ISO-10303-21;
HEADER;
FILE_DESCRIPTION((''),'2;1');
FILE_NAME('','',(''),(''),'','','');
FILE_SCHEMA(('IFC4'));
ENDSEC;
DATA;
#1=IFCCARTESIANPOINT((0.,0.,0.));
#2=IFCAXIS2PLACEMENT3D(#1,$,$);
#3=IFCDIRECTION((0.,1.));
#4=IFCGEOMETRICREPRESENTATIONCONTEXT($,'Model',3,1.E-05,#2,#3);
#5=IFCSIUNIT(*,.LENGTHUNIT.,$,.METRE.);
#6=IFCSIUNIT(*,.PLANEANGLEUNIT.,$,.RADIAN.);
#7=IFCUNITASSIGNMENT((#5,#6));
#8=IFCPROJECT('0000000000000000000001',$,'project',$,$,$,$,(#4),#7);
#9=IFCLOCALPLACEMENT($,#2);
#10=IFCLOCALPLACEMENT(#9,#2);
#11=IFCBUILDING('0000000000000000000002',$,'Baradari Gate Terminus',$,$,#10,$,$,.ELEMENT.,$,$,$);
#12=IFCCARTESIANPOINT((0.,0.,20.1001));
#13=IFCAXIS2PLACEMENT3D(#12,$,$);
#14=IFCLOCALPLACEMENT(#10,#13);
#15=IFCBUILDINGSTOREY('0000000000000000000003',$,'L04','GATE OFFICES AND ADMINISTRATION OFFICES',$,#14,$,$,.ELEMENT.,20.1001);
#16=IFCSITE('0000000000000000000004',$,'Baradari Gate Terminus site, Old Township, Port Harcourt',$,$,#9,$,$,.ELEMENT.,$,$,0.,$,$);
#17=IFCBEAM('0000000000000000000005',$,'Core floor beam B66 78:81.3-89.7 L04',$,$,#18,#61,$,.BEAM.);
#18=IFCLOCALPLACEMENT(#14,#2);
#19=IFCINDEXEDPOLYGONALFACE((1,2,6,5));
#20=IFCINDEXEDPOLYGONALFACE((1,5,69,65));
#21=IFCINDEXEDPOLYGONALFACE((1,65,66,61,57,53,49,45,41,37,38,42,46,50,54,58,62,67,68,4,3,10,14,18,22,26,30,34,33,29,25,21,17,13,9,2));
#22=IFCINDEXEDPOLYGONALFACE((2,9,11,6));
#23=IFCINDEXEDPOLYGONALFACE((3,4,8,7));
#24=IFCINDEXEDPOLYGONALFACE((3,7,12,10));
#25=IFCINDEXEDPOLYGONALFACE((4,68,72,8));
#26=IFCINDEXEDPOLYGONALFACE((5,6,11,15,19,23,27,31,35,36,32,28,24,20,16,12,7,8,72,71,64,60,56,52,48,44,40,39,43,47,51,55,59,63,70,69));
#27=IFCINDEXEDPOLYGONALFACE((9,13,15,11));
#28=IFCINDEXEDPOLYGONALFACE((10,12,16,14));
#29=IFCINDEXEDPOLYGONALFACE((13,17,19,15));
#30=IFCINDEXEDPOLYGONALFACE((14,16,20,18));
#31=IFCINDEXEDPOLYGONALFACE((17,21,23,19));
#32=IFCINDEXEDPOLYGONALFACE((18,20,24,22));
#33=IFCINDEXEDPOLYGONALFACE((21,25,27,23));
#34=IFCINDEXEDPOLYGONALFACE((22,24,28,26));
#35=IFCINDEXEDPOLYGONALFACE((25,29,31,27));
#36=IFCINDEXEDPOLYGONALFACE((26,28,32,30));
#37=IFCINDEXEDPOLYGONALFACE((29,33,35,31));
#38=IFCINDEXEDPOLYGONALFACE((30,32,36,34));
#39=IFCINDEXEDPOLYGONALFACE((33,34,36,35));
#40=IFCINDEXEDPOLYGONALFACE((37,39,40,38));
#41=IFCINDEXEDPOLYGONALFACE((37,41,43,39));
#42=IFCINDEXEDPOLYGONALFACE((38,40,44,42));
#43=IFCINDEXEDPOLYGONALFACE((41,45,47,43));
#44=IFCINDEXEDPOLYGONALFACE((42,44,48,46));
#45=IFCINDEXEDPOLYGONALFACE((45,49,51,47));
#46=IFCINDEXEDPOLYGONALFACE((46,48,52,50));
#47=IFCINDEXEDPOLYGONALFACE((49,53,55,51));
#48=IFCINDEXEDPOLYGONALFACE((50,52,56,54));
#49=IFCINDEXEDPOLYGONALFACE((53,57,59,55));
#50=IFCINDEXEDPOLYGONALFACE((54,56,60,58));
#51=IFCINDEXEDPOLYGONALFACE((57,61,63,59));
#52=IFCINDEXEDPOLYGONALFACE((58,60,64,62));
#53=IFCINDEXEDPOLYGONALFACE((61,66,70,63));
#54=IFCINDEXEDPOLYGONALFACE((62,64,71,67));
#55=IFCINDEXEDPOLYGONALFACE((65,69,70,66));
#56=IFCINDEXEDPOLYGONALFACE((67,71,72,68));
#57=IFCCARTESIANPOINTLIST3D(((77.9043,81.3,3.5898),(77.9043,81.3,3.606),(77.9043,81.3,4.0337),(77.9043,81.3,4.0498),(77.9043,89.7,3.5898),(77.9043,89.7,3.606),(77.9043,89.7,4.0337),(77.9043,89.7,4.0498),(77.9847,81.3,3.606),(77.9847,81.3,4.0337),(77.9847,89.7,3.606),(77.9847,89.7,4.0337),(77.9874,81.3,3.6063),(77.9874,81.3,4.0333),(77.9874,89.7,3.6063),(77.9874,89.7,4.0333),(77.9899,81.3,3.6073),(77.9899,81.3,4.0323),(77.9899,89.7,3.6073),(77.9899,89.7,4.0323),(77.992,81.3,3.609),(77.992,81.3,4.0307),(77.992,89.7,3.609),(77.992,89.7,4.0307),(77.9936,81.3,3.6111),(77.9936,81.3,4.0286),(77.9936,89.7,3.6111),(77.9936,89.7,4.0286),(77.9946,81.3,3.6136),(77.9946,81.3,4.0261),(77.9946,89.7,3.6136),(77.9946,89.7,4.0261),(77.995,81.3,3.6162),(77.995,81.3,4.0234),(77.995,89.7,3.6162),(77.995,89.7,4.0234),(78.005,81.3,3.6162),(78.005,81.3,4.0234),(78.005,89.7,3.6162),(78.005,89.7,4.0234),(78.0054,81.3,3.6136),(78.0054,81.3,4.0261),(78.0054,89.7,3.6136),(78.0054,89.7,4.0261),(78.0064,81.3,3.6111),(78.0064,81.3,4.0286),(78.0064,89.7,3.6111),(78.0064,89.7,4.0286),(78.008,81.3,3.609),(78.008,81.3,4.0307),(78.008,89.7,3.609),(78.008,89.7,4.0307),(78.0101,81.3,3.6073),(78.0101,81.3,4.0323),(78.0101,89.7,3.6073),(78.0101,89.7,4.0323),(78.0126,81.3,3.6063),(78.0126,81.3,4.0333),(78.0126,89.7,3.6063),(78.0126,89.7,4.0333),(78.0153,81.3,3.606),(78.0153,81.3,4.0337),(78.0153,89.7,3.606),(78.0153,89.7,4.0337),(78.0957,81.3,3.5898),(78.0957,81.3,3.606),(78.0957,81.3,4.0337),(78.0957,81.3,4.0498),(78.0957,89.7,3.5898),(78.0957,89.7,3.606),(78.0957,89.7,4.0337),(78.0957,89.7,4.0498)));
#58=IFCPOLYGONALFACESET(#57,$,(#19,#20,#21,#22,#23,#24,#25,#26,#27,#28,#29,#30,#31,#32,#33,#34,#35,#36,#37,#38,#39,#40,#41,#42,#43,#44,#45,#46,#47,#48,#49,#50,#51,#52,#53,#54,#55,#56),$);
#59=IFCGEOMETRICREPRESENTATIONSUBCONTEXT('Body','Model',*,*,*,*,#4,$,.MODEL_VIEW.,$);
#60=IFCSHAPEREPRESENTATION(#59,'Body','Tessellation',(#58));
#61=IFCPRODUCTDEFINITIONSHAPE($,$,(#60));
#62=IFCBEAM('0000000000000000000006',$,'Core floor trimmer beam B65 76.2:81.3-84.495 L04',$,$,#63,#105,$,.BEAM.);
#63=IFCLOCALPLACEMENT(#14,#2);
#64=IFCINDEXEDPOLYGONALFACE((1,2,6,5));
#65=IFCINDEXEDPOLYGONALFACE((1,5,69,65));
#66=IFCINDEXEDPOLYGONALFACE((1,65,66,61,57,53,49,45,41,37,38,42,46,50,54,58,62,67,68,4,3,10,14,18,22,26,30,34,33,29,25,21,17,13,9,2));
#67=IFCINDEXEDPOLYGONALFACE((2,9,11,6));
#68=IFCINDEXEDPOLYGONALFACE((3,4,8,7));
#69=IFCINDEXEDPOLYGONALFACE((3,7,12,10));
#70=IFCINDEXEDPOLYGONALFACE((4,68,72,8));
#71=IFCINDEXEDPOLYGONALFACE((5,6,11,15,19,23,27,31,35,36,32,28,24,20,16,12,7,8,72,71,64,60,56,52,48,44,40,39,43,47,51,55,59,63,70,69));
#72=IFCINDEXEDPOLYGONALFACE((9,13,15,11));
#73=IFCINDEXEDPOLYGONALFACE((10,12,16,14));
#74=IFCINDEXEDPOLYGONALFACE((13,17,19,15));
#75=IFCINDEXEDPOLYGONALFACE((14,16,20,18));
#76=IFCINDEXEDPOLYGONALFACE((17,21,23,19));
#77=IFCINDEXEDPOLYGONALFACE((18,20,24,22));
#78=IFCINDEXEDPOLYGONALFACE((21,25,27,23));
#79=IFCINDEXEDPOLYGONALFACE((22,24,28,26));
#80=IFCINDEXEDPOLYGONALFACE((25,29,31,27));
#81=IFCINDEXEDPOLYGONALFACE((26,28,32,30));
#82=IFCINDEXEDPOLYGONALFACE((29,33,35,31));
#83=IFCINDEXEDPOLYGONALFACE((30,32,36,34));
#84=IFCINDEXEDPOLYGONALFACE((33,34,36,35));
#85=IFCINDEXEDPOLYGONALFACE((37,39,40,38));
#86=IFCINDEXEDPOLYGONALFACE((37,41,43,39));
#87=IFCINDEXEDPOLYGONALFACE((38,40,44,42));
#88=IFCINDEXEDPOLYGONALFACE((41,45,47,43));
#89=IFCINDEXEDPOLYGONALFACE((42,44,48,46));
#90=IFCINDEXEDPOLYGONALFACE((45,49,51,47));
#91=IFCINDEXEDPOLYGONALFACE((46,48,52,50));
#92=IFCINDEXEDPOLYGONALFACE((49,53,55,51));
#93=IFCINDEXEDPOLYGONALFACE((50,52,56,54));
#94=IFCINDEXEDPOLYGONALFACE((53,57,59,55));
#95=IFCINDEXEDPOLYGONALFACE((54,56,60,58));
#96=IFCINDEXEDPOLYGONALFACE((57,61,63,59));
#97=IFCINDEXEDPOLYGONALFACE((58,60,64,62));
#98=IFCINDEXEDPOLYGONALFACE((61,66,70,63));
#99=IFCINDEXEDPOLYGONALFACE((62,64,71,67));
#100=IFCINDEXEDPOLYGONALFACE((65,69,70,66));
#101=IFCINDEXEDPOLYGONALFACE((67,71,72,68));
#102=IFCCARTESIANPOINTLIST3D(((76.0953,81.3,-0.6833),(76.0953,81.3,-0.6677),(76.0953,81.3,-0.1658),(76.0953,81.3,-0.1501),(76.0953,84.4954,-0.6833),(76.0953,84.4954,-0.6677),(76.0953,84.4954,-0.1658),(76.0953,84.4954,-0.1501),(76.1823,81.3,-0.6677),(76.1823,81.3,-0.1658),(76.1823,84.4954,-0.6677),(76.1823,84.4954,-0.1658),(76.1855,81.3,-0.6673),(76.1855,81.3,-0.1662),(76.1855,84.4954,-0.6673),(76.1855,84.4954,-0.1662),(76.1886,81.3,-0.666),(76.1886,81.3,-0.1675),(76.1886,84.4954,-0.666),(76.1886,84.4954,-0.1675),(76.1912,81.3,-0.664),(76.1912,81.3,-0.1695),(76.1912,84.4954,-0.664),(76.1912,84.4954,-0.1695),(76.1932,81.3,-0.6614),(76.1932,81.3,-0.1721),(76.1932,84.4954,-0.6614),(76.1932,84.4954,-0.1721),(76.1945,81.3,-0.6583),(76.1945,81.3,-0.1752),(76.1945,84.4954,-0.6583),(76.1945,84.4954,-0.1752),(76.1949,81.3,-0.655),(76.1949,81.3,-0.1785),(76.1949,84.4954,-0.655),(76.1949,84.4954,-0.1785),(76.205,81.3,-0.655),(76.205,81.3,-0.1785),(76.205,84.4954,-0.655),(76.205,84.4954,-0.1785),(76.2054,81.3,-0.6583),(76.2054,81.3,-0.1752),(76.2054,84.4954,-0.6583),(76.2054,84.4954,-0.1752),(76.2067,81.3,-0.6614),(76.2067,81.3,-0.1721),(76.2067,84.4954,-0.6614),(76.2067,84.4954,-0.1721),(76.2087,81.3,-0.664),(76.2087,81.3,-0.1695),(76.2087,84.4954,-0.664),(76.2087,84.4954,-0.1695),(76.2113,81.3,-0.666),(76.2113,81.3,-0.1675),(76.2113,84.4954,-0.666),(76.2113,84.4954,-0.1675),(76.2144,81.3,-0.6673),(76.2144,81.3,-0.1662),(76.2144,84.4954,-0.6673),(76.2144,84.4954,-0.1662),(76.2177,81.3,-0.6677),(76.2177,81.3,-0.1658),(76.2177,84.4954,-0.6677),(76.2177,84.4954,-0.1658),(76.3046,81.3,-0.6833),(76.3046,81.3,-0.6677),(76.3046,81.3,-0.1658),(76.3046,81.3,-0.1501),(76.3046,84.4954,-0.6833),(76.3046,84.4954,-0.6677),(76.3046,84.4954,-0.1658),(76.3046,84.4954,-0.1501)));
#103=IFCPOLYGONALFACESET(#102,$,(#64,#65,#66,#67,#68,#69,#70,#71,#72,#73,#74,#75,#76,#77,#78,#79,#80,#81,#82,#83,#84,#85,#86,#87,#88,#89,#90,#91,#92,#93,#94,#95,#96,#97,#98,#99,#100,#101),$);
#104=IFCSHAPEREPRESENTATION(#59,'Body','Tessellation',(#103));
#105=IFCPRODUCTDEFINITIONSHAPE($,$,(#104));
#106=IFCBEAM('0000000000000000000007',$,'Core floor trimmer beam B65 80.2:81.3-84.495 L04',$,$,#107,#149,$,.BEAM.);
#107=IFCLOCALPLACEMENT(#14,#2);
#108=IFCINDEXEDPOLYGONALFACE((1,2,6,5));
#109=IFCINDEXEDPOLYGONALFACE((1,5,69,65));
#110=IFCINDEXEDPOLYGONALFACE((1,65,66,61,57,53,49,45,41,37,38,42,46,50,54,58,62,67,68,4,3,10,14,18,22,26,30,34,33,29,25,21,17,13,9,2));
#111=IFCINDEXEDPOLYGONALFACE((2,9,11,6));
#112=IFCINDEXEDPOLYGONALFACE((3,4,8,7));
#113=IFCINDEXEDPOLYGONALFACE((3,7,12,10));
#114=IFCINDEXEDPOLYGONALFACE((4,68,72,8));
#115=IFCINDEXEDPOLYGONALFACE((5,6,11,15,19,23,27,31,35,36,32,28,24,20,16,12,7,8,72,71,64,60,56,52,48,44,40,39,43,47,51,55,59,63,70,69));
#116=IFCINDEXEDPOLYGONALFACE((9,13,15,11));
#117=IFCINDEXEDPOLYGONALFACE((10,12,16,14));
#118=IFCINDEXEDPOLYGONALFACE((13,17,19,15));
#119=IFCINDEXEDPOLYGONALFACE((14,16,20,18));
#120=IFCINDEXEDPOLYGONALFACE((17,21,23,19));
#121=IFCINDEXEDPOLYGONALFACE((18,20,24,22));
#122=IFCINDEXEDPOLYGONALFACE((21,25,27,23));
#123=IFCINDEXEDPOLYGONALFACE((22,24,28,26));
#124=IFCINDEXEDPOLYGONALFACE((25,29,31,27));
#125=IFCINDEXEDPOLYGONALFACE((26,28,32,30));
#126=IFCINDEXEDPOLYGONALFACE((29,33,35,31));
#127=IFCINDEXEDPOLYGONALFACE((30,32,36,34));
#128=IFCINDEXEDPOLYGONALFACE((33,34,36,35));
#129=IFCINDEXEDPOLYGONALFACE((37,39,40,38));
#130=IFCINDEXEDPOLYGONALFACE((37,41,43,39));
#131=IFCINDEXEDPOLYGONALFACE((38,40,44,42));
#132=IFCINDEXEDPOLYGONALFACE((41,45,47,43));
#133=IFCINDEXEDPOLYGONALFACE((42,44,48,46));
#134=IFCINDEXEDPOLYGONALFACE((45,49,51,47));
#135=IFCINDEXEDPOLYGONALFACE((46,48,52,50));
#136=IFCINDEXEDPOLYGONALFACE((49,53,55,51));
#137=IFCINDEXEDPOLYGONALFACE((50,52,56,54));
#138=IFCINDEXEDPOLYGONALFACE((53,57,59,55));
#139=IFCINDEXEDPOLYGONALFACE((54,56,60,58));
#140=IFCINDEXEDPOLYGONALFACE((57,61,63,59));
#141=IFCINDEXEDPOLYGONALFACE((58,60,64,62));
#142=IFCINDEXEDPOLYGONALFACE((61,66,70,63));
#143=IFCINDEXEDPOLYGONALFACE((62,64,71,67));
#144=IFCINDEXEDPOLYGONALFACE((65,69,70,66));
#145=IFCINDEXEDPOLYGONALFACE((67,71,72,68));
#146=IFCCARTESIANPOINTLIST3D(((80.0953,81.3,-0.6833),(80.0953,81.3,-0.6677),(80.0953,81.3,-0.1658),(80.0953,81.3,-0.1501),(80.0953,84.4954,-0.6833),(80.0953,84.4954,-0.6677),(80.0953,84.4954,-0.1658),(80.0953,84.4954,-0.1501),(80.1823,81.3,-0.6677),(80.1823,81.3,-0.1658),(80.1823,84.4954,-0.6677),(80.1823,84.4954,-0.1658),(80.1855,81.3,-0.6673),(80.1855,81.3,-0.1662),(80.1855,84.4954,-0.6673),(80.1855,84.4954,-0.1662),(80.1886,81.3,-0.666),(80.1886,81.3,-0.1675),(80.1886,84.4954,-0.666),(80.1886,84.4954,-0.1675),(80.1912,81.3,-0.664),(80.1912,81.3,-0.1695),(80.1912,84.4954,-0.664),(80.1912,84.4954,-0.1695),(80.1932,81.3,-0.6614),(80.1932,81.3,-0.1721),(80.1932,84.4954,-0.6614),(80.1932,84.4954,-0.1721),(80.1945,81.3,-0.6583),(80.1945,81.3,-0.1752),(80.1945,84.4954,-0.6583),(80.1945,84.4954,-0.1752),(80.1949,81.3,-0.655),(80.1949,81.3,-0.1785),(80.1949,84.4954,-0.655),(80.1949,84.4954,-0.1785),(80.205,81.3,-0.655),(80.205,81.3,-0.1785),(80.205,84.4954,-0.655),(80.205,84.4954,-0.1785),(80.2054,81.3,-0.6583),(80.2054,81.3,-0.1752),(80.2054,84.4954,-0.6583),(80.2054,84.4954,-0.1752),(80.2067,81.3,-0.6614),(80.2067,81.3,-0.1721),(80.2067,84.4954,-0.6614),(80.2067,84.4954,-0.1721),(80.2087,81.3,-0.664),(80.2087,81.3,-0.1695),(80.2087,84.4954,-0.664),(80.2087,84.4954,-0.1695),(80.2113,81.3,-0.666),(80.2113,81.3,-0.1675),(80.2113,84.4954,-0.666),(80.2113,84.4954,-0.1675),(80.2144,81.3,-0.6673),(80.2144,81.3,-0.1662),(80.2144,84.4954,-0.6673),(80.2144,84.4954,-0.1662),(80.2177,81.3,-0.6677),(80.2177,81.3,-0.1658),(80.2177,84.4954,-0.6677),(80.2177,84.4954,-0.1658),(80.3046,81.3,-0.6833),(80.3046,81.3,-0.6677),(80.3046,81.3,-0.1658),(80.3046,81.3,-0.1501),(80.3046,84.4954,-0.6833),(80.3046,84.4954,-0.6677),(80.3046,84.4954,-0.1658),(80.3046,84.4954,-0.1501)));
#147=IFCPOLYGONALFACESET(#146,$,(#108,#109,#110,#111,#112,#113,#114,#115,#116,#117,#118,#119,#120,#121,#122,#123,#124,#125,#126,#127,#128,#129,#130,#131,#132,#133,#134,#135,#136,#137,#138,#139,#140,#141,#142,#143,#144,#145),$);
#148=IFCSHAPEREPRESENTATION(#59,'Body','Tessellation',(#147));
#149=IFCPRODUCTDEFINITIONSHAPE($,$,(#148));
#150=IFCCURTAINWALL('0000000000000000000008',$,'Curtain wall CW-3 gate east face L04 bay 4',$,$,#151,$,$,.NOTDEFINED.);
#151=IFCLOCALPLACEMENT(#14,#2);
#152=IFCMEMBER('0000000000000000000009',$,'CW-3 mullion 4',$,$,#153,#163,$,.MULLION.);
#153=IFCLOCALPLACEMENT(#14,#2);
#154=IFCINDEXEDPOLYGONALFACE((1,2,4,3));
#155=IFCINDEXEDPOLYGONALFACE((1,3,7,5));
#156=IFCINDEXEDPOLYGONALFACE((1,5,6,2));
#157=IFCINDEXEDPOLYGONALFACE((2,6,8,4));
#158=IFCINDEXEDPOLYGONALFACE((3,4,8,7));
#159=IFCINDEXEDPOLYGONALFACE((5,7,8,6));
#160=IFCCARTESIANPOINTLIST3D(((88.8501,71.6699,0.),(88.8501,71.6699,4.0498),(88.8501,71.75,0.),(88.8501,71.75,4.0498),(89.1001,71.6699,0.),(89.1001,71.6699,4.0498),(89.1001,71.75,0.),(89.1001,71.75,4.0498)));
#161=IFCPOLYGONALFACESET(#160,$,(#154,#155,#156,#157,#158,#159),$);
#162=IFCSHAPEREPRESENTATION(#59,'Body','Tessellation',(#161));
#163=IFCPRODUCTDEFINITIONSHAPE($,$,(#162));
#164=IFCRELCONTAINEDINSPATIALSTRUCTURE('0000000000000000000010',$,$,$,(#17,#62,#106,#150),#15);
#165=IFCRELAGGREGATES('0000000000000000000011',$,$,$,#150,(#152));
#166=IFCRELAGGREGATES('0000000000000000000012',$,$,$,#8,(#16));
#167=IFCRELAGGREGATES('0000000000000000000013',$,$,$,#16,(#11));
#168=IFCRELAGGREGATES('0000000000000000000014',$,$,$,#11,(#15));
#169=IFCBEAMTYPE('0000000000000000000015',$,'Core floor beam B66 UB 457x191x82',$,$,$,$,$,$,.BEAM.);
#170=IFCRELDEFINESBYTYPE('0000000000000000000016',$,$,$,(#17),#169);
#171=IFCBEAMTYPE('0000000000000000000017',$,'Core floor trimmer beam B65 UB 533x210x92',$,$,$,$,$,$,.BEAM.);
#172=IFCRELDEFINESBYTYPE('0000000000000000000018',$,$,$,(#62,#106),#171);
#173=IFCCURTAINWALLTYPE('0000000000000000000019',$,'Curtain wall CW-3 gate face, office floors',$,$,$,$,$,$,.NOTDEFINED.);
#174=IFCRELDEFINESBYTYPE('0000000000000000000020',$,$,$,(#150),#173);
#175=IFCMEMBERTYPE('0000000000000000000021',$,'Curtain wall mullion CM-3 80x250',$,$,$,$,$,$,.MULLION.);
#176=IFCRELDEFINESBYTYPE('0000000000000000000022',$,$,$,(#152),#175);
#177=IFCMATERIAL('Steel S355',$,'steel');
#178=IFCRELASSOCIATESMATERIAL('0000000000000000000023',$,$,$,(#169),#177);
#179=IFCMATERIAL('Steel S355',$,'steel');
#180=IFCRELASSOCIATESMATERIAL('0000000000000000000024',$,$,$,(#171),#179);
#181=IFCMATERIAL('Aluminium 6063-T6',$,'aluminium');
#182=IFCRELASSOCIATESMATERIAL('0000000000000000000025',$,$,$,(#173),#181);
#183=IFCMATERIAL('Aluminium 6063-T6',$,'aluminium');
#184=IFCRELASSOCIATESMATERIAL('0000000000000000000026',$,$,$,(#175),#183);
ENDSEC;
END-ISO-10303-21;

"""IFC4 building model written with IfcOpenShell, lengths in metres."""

from ifc_helpers import new_model, si_unit, direction, frame, origin, origin_2d, place, context, subcontext, project, spatial, rectangle, i_section, extrude, material, material_profile, profile_set, type_object, element, aggregate, save


model = new_model("IFC4")

# Units and contexts
model_context = context("Model", 3, precision=1e-05, world=origin(), true_north=direction((0.0, 1.0)))
body_context = subcontext(model_context, "Body", "Model", "MODEL_VIEW")
ifc_project = project(units=[si_unit("LENGTHUNIT", "METRE"), si_unit("PLANEANGLEUNIT", "RADIAN")], contexts=[model_context])

# Site, building, storey
site_placement = place(None, origin())
site = spatial("IfcSite", under=ifc_project, at=site_placement, Name="Baradari Gate Terminus site, Old Township, Port Harcourt", CompositionType="ELEMENT", RefElevation=0.0)
building_placement = place(site_placement, origin())
building = spatial("IfcBuilding", under=site, at=building_placement, Name="Baradari Gate Terminus", CompositionType="ELEMENT")
storey_placement = place(building_placement, frame((0.0, 0.0, 20.1001)))
storey = spatial("IfcBuildingStorey", under=building, at=storey_placement, Name="L04", Description="GATE OFFICES AND ADMINISTRATION OFFICES", CompositionType="ELEMENT", Elevation=20.1001)

# Beams
ifc_material_1 = material(Name="Steel S355", Category="steel")
ifc_material_profile_1 = material_profile(ifc_material_1, i_section(OverallWidth=0.1914, OverallDepth=0.46, WebThickness=0.01, FlangeThickness=0.0161, FilletRadius=0.0103, at=origin_2d()), Name="UB 457x191x82")
ifc_profile_set_1 = profile_set([ifc_material_profile_1], Name="Steel S355")
beam_type_1 = type_object("IfcBeamType", Name="Core floor beam B66 UB 457x191x82", PredefinedType="BEAM", material=ifc_profile_set_1)
for number, where, z_axis, x_axis, name in (
    (1, (78.0, 81.3, 3.8198), (0.0, 1.0, 0.0), (-1.0, 0.0, 0.0), "Core floor beam B66 78:81.3-89.7 L04"),
):
    element("IfcBeam", number, at=place(storey_placement, frame(where, z_axis=z_axis, x_axis=x_axis)), inside=storey, type_object=beam_type_1, Name=name, PredefinedType="BEAM", context=body_context, shape_type="SweptSolid", body=[
        extrude(i_section(OverallWidth=0.1914, OverallDepth=0.46, WebThickness=0.01, FlangeThickness=0.0161, FilletRadius=0.0103, at=origin_2d()), origin(), (0.0, 0.0, 1.0), 8.3999),
    ])
ifc_material_2 = material(Name="Steel S355", Category="steel")
ifc_material_profile_2 = material_profile(ifc_material_2, i_section(OverallWidth=0.2092, OverallDepth=0.5332, WebThickness=0.01, FlangeThickness=0.0156, FilletRadius=0.0127, at=origin_2d()), Name="UB 533x210x92")
ifc_profile_set_2 = profile_set([ifc_material_profile_2], Name="Steel S355")
beam_type_2 = type_object("IfcBeamType", Name="Core floor trimmer beam B65 UB 533x210x92", PredefinedType="BEAM", material=ifc_profile_set_2)
for number, where, z_axis, x_axis, name in (
    (2, (76.2, 81.3, -0.4167), (0.0, 1.0, 0.0), (-1.0, 0.0, 0.0), "Core floor trimmer beam B65 76.2:81.3-84.495 L04"),
    (3, (80.2, 81.3, -0.4167), (0.0, 1.0, 0.0), (-1.0, 0.0, 0.0), "Core floor trimmer beam B65 80.2:81.3-84.495 L04"),
):
    element("IfcBeam", number, at=place(storey_placement, frame(where, z_axis=z_axis, x_axis=x_axis)), inside=storey, type_object=beam_type_2, Name=name, PredefinedType="BEAM", context=body_context, shape_type="SweptSolid", body=[
        extrude(i_section(OverallWidth=0.2092, OverallDepth=0.5332, WebThickness=0.01, FlangeThickness=0.0156, FilletRadius=0.0127, at=origin_2d()), origin(), (0.0, 0.0, 1.0), 3.1953),
    ])

# Curtain wall, member
ifc_material_3 = material(Name="Aluminium 6063-T6", Category="aluminium")
curtain_wall_type = type_object("IfcCurtainWallType", Name="Curtain wall CW-3 gate face, office floors", PredefinedType="NOTDEFINED", material=ifc_material_3)
curtain_wall_placement = place(storey_placement, origin())
curtain_wall = element("IfcCurtainWall", 4, at=curtain_wall_placement, inside=storey, type_object=curtain_wall_type, Name="Curtain wall CW-3 gate east face L04 bay 4", PredefinedType="NOTDEFINED")
ifc_material_4 = material(Name="Aluminium 6063-T6", Category="aluminium")
ifc_material_profile_3 = material_profile(ifc_material_4, rectangle(XDim=0.25, YDim=0.0801, at=origin_2d()), Name="CM-3 80X250")
ifc_profile_set_3 = profile_set([ifc_material_profile_3], Name="Aluminium 6063-T6")
member_type = type_object("IfcMemberType", Name="Curtain wall mullion CM-3 80x250", PredefinedType="MULLION", material=ifc_profile_set_3)
member_placement = place(storey_placement, frame((88.9751, 71.71, 0.0), z_axis=(0.0, 0.0, 1.0), x_axis=(-1.0, 0.0, 0.0)))
member = element("IfcMember", 5, at=member_placement, type_object=member_type, Name="CW-3 mullion 4", PredefinedType="MULLION", context=body_context, shape_type="SweptSolid", body=[
    extrude(rectangle(XDim=0.25, YDim=0.0801, at=origin_2d()), origin(), (0.0, 0.0, 1.0), 4.0498),
])
aggregate(curtain_wall, [member])

save(model, "model.ifc")
